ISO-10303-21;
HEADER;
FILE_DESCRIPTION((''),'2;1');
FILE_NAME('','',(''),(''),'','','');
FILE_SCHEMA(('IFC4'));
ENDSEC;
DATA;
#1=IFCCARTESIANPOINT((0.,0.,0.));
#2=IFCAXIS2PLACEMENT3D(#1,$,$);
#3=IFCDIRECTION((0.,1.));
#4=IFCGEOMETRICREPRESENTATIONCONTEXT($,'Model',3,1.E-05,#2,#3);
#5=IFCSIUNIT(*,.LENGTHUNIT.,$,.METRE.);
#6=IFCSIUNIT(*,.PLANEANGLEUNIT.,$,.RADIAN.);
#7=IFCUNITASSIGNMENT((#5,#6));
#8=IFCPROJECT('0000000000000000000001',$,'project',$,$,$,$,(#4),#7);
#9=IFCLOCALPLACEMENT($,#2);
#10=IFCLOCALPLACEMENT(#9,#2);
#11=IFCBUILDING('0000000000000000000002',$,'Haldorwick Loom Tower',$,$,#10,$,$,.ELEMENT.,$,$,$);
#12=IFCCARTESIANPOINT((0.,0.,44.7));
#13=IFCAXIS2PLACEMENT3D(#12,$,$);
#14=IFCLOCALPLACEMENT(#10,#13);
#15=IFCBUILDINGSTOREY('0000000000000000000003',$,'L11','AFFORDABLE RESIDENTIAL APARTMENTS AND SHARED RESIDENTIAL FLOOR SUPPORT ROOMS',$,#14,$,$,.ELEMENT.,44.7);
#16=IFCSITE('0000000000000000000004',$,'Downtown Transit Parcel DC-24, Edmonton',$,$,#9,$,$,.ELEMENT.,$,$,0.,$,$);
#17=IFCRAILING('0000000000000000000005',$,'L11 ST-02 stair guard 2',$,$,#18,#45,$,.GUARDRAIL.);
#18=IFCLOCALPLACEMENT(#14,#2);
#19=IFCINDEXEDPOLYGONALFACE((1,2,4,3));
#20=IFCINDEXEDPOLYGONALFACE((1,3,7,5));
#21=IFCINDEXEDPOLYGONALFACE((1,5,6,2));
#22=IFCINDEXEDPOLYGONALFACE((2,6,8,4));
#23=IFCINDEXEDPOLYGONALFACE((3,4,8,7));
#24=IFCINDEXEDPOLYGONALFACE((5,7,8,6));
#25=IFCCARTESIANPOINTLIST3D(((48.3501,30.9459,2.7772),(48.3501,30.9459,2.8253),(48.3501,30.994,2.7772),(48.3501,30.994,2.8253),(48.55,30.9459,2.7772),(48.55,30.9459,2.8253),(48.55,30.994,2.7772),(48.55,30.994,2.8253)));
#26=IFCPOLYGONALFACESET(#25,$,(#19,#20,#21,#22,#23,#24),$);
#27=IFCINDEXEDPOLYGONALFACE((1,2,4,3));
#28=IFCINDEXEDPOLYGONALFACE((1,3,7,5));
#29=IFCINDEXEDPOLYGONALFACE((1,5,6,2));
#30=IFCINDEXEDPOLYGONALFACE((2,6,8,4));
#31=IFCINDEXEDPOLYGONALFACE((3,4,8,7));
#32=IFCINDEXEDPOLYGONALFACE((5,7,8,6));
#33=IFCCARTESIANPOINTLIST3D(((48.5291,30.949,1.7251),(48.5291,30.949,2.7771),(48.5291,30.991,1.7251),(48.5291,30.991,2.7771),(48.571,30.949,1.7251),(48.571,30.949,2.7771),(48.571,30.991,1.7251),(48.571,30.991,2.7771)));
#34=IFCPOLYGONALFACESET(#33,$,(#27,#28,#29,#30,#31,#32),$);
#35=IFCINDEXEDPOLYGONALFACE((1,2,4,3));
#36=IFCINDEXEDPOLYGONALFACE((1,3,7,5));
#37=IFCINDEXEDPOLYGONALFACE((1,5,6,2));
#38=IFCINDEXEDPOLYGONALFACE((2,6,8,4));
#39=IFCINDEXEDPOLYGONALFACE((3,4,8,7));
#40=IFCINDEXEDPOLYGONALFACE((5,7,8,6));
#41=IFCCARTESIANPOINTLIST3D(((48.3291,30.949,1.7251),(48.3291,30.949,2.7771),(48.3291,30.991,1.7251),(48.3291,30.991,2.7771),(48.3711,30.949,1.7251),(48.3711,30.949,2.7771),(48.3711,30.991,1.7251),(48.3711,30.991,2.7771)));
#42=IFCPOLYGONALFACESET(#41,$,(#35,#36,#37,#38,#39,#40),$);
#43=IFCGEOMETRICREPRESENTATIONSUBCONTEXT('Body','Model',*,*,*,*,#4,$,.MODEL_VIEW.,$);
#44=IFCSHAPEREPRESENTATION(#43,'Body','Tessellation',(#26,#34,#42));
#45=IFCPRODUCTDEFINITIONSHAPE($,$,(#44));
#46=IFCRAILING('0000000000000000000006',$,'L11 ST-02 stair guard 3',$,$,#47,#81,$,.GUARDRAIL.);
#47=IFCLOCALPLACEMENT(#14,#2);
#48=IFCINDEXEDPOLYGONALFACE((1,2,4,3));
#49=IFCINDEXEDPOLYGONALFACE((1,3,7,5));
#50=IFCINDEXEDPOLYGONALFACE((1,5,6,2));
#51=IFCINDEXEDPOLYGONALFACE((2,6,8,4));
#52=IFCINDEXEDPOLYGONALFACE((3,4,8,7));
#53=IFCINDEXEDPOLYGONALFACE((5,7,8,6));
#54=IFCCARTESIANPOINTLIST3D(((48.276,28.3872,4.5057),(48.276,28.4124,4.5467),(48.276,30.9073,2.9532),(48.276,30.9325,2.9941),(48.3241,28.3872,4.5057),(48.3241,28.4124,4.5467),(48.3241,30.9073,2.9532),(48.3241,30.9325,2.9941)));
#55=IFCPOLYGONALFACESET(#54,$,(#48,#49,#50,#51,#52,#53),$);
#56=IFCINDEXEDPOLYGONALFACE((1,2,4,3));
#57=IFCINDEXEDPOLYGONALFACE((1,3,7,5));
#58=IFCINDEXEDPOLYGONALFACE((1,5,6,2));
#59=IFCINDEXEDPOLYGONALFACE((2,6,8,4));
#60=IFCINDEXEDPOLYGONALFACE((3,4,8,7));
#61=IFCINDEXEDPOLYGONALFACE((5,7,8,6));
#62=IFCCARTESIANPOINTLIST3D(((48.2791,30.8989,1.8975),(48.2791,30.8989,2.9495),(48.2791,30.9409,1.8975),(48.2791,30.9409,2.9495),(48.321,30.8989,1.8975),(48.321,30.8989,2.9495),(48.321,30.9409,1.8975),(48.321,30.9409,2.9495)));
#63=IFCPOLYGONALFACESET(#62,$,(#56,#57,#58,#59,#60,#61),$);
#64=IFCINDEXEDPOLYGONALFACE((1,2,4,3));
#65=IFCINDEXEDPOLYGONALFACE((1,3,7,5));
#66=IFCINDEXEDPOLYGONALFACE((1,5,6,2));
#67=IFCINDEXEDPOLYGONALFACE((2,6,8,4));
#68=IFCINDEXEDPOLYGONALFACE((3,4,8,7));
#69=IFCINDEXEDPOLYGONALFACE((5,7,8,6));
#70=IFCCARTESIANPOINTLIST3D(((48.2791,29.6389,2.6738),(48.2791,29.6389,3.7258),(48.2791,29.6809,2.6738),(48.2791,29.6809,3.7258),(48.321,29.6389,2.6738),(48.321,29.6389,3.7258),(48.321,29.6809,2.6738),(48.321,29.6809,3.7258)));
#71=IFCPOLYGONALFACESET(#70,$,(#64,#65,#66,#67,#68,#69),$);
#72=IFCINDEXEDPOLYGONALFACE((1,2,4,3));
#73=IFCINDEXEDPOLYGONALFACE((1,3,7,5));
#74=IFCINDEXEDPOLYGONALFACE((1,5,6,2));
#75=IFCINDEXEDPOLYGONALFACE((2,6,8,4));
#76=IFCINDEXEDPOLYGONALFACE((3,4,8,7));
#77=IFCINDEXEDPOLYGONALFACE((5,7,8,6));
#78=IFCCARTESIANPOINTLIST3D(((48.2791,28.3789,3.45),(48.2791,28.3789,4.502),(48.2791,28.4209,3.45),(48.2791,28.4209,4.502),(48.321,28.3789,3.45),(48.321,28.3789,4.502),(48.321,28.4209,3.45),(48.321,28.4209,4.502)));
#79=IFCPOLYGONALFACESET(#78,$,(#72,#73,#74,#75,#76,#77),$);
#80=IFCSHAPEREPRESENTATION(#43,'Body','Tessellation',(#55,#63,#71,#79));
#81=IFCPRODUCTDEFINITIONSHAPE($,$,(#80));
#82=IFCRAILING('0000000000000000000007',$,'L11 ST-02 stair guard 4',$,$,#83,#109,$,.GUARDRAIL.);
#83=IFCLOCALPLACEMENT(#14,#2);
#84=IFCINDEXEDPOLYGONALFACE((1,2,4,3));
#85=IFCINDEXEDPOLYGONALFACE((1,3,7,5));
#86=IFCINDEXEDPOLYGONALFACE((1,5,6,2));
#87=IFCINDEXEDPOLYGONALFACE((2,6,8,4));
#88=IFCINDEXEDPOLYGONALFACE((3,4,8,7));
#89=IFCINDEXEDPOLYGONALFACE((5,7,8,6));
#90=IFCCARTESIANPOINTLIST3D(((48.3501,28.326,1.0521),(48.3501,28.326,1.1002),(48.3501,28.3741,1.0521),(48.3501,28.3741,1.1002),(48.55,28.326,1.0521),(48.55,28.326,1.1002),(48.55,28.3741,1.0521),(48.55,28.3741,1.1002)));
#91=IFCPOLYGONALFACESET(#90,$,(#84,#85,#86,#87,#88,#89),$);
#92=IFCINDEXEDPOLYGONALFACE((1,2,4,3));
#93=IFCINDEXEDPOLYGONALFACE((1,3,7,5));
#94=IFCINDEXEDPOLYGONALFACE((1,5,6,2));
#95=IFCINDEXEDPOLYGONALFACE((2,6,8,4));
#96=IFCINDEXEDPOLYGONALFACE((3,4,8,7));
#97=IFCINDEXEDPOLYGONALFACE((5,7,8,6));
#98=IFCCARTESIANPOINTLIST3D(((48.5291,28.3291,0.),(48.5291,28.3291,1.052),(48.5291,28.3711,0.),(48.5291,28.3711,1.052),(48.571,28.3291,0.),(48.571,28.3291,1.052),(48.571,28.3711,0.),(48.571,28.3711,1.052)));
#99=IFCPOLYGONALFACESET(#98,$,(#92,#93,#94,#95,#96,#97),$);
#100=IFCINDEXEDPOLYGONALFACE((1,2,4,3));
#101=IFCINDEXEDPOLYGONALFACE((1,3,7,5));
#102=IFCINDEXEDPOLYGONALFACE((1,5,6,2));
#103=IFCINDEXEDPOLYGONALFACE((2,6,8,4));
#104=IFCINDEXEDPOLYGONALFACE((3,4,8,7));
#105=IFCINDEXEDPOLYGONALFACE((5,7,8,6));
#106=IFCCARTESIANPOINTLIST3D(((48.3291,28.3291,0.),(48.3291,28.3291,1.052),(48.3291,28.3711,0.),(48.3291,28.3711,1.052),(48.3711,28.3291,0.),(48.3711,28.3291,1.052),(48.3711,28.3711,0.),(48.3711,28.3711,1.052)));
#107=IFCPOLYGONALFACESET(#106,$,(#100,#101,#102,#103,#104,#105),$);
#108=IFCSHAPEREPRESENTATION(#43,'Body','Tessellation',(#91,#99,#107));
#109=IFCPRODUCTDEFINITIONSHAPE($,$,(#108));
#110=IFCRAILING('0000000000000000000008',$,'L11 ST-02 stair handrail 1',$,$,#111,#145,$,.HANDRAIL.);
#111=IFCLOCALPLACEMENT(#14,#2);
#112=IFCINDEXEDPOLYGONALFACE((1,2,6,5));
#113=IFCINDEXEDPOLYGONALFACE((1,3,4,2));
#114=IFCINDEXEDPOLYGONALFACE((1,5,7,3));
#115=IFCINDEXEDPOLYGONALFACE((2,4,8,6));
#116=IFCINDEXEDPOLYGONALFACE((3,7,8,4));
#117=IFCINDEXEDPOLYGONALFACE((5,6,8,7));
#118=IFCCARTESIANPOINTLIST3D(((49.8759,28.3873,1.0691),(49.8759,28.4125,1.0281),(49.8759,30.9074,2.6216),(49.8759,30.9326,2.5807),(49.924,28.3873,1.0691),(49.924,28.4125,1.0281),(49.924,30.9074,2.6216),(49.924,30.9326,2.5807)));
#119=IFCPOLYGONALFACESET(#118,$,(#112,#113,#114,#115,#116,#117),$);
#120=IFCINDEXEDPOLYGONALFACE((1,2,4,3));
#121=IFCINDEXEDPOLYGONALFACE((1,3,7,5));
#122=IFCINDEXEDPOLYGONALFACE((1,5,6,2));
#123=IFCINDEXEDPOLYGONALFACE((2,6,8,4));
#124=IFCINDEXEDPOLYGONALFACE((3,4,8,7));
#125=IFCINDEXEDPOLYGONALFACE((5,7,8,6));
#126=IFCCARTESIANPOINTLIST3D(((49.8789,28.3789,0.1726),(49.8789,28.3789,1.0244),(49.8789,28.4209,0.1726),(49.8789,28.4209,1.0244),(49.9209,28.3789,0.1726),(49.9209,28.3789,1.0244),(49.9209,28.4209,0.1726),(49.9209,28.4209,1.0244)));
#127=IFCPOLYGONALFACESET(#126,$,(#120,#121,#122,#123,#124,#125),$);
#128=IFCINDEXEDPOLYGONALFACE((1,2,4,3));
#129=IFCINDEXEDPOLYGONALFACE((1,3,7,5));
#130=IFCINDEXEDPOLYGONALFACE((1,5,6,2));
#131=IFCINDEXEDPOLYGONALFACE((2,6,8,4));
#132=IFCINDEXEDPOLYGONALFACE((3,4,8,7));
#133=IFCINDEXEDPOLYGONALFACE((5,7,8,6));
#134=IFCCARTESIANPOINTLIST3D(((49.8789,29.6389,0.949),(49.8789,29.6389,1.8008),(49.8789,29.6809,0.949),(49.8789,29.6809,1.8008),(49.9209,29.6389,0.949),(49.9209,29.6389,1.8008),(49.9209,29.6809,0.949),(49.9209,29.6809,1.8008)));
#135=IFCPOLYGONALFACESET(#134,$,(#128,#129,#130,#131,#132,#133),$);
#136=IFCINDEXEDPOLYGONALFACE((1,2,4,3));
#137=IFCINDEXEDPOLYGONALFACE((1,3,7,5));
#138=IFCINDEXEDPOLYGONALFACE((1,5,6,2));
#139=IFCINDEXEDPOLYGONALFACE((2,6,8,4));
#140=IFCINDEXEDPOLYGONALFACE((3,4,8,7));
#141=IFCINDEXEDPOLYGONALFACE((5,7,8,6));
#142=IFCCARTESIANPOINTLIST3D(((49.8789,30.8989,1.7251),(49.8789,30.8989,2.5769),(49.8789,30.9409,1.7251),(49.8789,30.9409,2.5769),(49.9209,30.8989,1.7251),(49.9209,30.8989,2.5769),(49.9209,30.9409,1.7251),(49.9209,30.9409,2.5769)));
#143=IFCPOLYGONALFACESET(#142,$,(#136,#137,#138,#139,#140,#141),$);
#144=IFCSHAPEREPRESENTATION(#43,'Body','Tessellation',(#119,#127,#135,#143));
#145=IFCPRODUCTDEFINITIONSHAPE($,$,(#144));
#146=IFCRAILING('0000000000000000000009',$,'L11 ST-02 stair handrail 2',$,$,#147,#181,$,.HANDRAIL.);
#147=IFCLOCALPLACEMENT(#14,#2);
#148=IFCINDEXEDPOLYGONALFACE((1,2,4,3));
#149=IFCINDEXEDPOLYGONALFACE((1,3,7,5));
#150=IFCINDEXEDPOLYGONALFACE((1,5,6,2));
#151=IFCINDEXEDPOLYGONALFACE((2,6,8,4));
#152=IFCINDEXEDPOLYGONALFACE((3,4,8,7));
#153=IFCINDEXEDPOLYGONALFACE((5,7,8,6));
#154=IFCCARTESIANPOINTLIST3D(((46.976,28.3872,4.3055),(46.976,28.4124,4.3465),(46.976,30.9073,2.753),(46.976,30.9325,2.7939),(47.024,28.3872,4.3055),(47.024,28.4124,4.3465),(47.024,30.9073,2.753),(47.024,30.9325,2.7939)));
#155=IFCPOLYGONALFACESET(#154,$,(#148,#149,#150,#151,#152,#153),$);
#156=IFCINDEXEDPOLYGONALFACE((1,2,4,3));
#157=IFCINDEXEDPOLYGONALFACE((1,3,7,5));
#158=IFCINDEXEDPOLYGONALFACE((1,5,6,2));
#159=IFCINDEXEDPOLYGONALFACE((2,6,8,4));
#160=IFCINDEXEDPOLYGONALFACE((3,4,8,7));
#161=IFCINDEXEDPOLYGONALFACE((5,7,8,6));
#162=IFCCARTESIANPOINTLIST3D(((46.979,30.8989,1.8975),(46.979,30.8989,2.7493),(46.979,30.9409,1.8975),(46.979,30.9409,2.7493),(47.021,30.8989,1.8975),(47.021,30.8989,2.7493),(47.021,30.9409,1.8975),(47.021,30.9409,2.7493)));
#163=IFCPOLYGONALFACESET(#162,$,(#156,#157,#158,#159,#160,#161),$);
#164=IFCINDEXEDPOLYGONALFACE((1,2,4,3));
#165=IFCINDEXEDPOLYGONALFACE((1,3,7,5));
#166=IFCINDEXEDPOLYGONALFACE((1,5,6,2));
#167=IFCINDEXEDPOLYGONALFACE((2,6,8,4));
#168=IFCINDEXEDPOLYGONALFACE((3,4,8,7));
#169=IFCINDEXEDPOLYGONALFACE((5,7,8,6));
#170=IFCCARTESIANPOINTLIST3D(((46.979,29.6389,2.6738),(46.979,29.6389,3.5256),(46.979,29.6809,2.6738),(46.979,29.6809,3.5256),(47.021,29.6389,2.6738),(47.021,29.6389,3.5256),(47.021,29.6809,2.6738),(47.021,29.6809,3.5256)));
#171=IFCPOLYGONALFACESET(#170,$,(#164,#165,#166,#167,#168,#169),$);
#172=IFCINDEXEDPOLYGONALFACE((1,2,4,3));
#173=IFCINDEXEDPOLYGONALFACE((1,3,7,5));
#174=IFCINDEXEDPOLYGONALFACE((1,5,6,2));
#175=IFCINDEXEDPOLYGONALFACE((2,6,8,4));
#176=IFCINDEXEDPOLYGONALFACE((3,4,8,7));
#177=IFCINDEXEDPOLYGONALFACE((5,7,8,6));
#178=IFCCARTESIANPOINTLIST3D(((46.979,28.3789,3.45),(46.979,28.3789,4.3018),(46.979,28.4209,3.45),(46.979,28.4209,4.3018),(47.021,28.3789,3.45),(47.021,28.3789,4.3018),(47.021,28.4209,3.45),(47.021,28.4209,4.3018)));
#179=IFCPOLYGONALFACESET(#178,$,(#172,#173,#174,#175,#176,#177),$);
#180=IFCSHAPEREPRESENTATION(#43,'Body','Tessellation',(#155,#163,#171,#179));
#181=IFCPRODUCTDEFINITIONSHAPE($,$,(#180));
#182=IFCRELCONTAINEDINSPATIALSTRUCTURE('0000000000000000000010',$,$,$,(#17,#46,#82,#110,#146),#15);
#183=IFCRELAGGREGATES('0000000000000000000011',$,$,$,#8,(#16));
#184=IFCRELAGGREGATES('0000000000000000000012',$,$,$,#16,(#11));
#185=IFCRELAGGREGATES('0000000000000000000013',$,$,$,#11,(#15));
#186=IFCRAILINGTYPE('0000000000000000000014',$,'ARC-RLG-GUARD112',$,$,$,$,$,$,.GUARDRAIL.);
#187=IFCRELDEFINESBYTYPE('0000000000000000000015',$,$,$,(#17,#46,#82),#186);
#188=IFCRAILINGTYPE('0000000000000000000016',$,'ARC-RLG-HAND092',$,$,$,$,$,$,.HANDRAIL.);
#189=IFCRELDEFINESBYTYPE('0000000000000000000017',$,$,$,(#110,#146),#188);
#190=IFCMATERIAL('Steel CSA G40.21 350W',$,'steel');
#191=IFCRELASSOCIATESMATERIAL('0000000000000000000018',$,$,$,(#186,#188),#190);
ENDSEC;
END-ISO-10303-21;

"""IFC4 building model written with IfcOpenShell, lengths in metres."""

from ifc_helpers import new_model, si_unit, direction, frame, origin, origin_2d, place, context, subcontext, project, spatial, rectangle, extrude, material, type_object, element, save


model = new_model("IFC4")

# Units and contexts
model_context = context("Model", 3, precision=1e-05, world=origin(), true_north=direction((0.0, 1.0)))
body_context = subcontext(model_context, "Body", "Model", "MODEL_VIEW")
ifc_project = project(units=[si_unit("LENGTHUNIT", "METRE"), si_unit("PLANEANGLEUNIT", "RADIAN")], contexts=[model_context])

# Site, building, storey
site_placement = place(None, origin())
site = spatial("IfcSite", under=ifc_project, at=site_placement, Name="Downtown Transit Parcel DC-24, Edmonton", CompositionType="ELEMENT", RefElevation=0.0)
building_placement = place(site_placement, origin())
building = spatial("IfcBuilding", under=site, at=building_placement, Name="Haldorwick Loom Tower", CompositionType="ELEMENT")
storey_placement = place(building_placement, frame((0.0, 0.0, 44.7)))
storey = spatial("IfcBuildingStorey", under=building, at=storey_placement, Name="L11", Description="AFFORDABLE RESIDENTIAL APARTMENTS AND SHARED RESIDENTIAL FLOOR SUPPORT ROOMS", CompositionType="ELEMENT", Elevation=44.7)

# Shared definitions
ifc_material_1 = material(Name="Steel CSA G40.21 350W", Category="steel")

# Railings
railing_type_1 = type_object("IfcRailingType", Name="ARC-RLG-GUARD112", PredefinedType="GUARDRAIL", material=ifc_material_1)
railing_1_placement = place(storey_placement, frame((48.55, 30.97, 1.7251)))
element("IfcRailing", 1, at=railing_1_placement, inside=storey, type_object=railing_type_1, Name="L11 ST-02 stair guard 2", PredefinedType="GUARDRAIL", context=body_context, shape_type="SweptSolid", body=[
    extrude(rectangle(XDim=0.0481, YDim=0.0481, at=origin_2d()), frame((0.0, 0.0, 1.0762), z_axis=(-1.0, 0.0, 0.0), x_axis=(0.0, -1.0, 0.0)), (0.0, 0.0, 1.0), 0.2),
    extrude(rectangle(XDim=0.042, YDim=0.042, at=origin_2d()), origin(), (0.0, 0.0, 1.0), 1.052),
    extrude(rectangle(XDim=0.042, YDim=0.042, at=origin_2d()), frame((-0.2, 0.0, 0.0)), (0.0, 0.0, 1.0), 1.052),
])
railing_2_placement = place(storey_placement, frame((48.3, 30.9199, 1.8975)))
element("IfcRailing", 2, at=railing_2_placement, inside=storey, type_object=railing_type_1, Name="L11 ST-02 stair guard 3", PredefinedType="GUARDRAIL", context=body_context, shape_type="SweptSolid", body=[
    extrude(rectangle(XDim=0.0481, YDim=0.0481, at=origin_2d()), frame((0.0, 0.0, 1.0762), z_axis=(0.0, -0.8514, 0.524516), x_axis=(1.0, 0.0, 0.0)), (0.0, 0.0, 1.0), 2.96),
    extrude(rectangle(XDim=0.042, YDim=0.042, at=origin_2d()), origin(), (0.0, 0.0, 1.0), 1.052),
    extrude(rectangle(XDim=0.042, YDim=0.042, at=origin_2d()), frame((0.0, -1.26, 0.7764)), (0.0, 0.0, 1.0), 1.052),
    extrude(rectangle(XDim=0.042, YDim=0.042, at=origin_2d()), frame((0.0, -2.52, 1.5525)), (0.0, 0.0, 1.0), 1.052),
])
railing_3_placement = place(storey_placement, frame((48.55, 28.3501, 0.0)))
element("IfcRailing", 3, at=railing_3_placement, inside=storey, type_object=railing_type_1, Name="L11 ST-02 stair guard 4", PredefinedType="GUARDRAIL", context=body_context, shape_type="SweptSolid", body=[
    extrude(rectangle(XDim=0.0481, YDim=0.0481, at=origin_2d()), frame((0.0, 0.0, 1.0762), z_axis=(-1.0, 0.0, 0.0), x_axis=(0.0, -1.0, 0.0)), (0.0, 0.0, 1.0), 0.2),
    extrude(rectangle(XDim=0.042, YDim=0.042, at=origin_2d()), origin(), (0.0, 0.0, 1.0), 1.052),
    extrude(rectangle(XDim=0.042, YDim=0.042, at=origin_2d()), frame((-0.2, 0.0, 0.0)), (0.0, 0.0, 1.0), 1.052),
])
railing_type_2 = type_object("IfcRailingType", Name="ARC-RLG-HAND092", PredefinedType="HANDRAIL", material=ifc_material_1)
railing_4_placement = place(storey_placement, frame((49.8999, 28.3999, 0.1726)))
element("IfcRailing", 4, at=railing_4_placement, inside=storey, type_object=railing_type_2, Name="L11 ST-02 stair handrail 1", PredefinedType="HANDRAIL", context=body_context, shape_type="SweptSolid", body=[
    extrude(rectangle(XDim=0.0481, YDim=0.0481, at=origin_2d()), frame((0.0, 0.0, 0.876), z_axis=(0.0, 0.8514, 0.524516), x_axis=(-1.0, 0.0, 0.0)), (0.0, 0.0, 1.0), 2.96),
    extrude(rectangle(XDim=0.042, YDim=0.042, at=origin_2d()), origin(), (0.0, 0.0, 1.0), 0.8518),
    extrude(rectangle(XDim=0.042, YDim=0.042, at=origin_2d()), frame((0.0, 1.26, 0.7764)), (0.0, 0.0, 1.0), 0.8518),
    extrude(rectangle(XDim=0.042, YDim=0.042, at=origin_2d()), frame((0.0, 2.52, 1.5525)), (0.0, 0.0, 1.0), 0.8518),
])
railing_5_placement = place(storey_placement, frame((47.0, 30.9199, 1.8975)))
element("IfcRailing", 5, at=railing_5_placement, inside=storey, type_object=railing_type_2, Name="L11 ST-02 stair handrail 2", PredefinedType="HANDRAIL", context=body_context, shape_type="SweptSolid", body=[
    extrude(rectangle(XDim=0.0481, YDim=0.0481, at=origin_2d()), frame((0.0, 0.0, 0.876), z_axis=(0.0, -0.8514, 0.524516), x_axis=(1.0, 0.0, 0.0)), (0.0, 0.0, 1.0), 2.96),
    extrude(rectangle(XDim=0.042, YDim=0.042, at=origin_2d()), origin(), (0.0, 0.0, 1.0), 0.8518),
    extrude(rectangle(XDim=0.042, YDim=0.042, at=origin_2d()), frame((0.0, -1.26, 0.7764)), (0.0, 0.0, 1.0), 0.8518),
    extrude(rectangle(XDim=0.042, YDim=0.042, at=origin_2d()), frame((0.0, -2.52, 1.5525)), (0.0, 0.0, 1.0), 0.8518),
])

save(model, "model.ifc")
